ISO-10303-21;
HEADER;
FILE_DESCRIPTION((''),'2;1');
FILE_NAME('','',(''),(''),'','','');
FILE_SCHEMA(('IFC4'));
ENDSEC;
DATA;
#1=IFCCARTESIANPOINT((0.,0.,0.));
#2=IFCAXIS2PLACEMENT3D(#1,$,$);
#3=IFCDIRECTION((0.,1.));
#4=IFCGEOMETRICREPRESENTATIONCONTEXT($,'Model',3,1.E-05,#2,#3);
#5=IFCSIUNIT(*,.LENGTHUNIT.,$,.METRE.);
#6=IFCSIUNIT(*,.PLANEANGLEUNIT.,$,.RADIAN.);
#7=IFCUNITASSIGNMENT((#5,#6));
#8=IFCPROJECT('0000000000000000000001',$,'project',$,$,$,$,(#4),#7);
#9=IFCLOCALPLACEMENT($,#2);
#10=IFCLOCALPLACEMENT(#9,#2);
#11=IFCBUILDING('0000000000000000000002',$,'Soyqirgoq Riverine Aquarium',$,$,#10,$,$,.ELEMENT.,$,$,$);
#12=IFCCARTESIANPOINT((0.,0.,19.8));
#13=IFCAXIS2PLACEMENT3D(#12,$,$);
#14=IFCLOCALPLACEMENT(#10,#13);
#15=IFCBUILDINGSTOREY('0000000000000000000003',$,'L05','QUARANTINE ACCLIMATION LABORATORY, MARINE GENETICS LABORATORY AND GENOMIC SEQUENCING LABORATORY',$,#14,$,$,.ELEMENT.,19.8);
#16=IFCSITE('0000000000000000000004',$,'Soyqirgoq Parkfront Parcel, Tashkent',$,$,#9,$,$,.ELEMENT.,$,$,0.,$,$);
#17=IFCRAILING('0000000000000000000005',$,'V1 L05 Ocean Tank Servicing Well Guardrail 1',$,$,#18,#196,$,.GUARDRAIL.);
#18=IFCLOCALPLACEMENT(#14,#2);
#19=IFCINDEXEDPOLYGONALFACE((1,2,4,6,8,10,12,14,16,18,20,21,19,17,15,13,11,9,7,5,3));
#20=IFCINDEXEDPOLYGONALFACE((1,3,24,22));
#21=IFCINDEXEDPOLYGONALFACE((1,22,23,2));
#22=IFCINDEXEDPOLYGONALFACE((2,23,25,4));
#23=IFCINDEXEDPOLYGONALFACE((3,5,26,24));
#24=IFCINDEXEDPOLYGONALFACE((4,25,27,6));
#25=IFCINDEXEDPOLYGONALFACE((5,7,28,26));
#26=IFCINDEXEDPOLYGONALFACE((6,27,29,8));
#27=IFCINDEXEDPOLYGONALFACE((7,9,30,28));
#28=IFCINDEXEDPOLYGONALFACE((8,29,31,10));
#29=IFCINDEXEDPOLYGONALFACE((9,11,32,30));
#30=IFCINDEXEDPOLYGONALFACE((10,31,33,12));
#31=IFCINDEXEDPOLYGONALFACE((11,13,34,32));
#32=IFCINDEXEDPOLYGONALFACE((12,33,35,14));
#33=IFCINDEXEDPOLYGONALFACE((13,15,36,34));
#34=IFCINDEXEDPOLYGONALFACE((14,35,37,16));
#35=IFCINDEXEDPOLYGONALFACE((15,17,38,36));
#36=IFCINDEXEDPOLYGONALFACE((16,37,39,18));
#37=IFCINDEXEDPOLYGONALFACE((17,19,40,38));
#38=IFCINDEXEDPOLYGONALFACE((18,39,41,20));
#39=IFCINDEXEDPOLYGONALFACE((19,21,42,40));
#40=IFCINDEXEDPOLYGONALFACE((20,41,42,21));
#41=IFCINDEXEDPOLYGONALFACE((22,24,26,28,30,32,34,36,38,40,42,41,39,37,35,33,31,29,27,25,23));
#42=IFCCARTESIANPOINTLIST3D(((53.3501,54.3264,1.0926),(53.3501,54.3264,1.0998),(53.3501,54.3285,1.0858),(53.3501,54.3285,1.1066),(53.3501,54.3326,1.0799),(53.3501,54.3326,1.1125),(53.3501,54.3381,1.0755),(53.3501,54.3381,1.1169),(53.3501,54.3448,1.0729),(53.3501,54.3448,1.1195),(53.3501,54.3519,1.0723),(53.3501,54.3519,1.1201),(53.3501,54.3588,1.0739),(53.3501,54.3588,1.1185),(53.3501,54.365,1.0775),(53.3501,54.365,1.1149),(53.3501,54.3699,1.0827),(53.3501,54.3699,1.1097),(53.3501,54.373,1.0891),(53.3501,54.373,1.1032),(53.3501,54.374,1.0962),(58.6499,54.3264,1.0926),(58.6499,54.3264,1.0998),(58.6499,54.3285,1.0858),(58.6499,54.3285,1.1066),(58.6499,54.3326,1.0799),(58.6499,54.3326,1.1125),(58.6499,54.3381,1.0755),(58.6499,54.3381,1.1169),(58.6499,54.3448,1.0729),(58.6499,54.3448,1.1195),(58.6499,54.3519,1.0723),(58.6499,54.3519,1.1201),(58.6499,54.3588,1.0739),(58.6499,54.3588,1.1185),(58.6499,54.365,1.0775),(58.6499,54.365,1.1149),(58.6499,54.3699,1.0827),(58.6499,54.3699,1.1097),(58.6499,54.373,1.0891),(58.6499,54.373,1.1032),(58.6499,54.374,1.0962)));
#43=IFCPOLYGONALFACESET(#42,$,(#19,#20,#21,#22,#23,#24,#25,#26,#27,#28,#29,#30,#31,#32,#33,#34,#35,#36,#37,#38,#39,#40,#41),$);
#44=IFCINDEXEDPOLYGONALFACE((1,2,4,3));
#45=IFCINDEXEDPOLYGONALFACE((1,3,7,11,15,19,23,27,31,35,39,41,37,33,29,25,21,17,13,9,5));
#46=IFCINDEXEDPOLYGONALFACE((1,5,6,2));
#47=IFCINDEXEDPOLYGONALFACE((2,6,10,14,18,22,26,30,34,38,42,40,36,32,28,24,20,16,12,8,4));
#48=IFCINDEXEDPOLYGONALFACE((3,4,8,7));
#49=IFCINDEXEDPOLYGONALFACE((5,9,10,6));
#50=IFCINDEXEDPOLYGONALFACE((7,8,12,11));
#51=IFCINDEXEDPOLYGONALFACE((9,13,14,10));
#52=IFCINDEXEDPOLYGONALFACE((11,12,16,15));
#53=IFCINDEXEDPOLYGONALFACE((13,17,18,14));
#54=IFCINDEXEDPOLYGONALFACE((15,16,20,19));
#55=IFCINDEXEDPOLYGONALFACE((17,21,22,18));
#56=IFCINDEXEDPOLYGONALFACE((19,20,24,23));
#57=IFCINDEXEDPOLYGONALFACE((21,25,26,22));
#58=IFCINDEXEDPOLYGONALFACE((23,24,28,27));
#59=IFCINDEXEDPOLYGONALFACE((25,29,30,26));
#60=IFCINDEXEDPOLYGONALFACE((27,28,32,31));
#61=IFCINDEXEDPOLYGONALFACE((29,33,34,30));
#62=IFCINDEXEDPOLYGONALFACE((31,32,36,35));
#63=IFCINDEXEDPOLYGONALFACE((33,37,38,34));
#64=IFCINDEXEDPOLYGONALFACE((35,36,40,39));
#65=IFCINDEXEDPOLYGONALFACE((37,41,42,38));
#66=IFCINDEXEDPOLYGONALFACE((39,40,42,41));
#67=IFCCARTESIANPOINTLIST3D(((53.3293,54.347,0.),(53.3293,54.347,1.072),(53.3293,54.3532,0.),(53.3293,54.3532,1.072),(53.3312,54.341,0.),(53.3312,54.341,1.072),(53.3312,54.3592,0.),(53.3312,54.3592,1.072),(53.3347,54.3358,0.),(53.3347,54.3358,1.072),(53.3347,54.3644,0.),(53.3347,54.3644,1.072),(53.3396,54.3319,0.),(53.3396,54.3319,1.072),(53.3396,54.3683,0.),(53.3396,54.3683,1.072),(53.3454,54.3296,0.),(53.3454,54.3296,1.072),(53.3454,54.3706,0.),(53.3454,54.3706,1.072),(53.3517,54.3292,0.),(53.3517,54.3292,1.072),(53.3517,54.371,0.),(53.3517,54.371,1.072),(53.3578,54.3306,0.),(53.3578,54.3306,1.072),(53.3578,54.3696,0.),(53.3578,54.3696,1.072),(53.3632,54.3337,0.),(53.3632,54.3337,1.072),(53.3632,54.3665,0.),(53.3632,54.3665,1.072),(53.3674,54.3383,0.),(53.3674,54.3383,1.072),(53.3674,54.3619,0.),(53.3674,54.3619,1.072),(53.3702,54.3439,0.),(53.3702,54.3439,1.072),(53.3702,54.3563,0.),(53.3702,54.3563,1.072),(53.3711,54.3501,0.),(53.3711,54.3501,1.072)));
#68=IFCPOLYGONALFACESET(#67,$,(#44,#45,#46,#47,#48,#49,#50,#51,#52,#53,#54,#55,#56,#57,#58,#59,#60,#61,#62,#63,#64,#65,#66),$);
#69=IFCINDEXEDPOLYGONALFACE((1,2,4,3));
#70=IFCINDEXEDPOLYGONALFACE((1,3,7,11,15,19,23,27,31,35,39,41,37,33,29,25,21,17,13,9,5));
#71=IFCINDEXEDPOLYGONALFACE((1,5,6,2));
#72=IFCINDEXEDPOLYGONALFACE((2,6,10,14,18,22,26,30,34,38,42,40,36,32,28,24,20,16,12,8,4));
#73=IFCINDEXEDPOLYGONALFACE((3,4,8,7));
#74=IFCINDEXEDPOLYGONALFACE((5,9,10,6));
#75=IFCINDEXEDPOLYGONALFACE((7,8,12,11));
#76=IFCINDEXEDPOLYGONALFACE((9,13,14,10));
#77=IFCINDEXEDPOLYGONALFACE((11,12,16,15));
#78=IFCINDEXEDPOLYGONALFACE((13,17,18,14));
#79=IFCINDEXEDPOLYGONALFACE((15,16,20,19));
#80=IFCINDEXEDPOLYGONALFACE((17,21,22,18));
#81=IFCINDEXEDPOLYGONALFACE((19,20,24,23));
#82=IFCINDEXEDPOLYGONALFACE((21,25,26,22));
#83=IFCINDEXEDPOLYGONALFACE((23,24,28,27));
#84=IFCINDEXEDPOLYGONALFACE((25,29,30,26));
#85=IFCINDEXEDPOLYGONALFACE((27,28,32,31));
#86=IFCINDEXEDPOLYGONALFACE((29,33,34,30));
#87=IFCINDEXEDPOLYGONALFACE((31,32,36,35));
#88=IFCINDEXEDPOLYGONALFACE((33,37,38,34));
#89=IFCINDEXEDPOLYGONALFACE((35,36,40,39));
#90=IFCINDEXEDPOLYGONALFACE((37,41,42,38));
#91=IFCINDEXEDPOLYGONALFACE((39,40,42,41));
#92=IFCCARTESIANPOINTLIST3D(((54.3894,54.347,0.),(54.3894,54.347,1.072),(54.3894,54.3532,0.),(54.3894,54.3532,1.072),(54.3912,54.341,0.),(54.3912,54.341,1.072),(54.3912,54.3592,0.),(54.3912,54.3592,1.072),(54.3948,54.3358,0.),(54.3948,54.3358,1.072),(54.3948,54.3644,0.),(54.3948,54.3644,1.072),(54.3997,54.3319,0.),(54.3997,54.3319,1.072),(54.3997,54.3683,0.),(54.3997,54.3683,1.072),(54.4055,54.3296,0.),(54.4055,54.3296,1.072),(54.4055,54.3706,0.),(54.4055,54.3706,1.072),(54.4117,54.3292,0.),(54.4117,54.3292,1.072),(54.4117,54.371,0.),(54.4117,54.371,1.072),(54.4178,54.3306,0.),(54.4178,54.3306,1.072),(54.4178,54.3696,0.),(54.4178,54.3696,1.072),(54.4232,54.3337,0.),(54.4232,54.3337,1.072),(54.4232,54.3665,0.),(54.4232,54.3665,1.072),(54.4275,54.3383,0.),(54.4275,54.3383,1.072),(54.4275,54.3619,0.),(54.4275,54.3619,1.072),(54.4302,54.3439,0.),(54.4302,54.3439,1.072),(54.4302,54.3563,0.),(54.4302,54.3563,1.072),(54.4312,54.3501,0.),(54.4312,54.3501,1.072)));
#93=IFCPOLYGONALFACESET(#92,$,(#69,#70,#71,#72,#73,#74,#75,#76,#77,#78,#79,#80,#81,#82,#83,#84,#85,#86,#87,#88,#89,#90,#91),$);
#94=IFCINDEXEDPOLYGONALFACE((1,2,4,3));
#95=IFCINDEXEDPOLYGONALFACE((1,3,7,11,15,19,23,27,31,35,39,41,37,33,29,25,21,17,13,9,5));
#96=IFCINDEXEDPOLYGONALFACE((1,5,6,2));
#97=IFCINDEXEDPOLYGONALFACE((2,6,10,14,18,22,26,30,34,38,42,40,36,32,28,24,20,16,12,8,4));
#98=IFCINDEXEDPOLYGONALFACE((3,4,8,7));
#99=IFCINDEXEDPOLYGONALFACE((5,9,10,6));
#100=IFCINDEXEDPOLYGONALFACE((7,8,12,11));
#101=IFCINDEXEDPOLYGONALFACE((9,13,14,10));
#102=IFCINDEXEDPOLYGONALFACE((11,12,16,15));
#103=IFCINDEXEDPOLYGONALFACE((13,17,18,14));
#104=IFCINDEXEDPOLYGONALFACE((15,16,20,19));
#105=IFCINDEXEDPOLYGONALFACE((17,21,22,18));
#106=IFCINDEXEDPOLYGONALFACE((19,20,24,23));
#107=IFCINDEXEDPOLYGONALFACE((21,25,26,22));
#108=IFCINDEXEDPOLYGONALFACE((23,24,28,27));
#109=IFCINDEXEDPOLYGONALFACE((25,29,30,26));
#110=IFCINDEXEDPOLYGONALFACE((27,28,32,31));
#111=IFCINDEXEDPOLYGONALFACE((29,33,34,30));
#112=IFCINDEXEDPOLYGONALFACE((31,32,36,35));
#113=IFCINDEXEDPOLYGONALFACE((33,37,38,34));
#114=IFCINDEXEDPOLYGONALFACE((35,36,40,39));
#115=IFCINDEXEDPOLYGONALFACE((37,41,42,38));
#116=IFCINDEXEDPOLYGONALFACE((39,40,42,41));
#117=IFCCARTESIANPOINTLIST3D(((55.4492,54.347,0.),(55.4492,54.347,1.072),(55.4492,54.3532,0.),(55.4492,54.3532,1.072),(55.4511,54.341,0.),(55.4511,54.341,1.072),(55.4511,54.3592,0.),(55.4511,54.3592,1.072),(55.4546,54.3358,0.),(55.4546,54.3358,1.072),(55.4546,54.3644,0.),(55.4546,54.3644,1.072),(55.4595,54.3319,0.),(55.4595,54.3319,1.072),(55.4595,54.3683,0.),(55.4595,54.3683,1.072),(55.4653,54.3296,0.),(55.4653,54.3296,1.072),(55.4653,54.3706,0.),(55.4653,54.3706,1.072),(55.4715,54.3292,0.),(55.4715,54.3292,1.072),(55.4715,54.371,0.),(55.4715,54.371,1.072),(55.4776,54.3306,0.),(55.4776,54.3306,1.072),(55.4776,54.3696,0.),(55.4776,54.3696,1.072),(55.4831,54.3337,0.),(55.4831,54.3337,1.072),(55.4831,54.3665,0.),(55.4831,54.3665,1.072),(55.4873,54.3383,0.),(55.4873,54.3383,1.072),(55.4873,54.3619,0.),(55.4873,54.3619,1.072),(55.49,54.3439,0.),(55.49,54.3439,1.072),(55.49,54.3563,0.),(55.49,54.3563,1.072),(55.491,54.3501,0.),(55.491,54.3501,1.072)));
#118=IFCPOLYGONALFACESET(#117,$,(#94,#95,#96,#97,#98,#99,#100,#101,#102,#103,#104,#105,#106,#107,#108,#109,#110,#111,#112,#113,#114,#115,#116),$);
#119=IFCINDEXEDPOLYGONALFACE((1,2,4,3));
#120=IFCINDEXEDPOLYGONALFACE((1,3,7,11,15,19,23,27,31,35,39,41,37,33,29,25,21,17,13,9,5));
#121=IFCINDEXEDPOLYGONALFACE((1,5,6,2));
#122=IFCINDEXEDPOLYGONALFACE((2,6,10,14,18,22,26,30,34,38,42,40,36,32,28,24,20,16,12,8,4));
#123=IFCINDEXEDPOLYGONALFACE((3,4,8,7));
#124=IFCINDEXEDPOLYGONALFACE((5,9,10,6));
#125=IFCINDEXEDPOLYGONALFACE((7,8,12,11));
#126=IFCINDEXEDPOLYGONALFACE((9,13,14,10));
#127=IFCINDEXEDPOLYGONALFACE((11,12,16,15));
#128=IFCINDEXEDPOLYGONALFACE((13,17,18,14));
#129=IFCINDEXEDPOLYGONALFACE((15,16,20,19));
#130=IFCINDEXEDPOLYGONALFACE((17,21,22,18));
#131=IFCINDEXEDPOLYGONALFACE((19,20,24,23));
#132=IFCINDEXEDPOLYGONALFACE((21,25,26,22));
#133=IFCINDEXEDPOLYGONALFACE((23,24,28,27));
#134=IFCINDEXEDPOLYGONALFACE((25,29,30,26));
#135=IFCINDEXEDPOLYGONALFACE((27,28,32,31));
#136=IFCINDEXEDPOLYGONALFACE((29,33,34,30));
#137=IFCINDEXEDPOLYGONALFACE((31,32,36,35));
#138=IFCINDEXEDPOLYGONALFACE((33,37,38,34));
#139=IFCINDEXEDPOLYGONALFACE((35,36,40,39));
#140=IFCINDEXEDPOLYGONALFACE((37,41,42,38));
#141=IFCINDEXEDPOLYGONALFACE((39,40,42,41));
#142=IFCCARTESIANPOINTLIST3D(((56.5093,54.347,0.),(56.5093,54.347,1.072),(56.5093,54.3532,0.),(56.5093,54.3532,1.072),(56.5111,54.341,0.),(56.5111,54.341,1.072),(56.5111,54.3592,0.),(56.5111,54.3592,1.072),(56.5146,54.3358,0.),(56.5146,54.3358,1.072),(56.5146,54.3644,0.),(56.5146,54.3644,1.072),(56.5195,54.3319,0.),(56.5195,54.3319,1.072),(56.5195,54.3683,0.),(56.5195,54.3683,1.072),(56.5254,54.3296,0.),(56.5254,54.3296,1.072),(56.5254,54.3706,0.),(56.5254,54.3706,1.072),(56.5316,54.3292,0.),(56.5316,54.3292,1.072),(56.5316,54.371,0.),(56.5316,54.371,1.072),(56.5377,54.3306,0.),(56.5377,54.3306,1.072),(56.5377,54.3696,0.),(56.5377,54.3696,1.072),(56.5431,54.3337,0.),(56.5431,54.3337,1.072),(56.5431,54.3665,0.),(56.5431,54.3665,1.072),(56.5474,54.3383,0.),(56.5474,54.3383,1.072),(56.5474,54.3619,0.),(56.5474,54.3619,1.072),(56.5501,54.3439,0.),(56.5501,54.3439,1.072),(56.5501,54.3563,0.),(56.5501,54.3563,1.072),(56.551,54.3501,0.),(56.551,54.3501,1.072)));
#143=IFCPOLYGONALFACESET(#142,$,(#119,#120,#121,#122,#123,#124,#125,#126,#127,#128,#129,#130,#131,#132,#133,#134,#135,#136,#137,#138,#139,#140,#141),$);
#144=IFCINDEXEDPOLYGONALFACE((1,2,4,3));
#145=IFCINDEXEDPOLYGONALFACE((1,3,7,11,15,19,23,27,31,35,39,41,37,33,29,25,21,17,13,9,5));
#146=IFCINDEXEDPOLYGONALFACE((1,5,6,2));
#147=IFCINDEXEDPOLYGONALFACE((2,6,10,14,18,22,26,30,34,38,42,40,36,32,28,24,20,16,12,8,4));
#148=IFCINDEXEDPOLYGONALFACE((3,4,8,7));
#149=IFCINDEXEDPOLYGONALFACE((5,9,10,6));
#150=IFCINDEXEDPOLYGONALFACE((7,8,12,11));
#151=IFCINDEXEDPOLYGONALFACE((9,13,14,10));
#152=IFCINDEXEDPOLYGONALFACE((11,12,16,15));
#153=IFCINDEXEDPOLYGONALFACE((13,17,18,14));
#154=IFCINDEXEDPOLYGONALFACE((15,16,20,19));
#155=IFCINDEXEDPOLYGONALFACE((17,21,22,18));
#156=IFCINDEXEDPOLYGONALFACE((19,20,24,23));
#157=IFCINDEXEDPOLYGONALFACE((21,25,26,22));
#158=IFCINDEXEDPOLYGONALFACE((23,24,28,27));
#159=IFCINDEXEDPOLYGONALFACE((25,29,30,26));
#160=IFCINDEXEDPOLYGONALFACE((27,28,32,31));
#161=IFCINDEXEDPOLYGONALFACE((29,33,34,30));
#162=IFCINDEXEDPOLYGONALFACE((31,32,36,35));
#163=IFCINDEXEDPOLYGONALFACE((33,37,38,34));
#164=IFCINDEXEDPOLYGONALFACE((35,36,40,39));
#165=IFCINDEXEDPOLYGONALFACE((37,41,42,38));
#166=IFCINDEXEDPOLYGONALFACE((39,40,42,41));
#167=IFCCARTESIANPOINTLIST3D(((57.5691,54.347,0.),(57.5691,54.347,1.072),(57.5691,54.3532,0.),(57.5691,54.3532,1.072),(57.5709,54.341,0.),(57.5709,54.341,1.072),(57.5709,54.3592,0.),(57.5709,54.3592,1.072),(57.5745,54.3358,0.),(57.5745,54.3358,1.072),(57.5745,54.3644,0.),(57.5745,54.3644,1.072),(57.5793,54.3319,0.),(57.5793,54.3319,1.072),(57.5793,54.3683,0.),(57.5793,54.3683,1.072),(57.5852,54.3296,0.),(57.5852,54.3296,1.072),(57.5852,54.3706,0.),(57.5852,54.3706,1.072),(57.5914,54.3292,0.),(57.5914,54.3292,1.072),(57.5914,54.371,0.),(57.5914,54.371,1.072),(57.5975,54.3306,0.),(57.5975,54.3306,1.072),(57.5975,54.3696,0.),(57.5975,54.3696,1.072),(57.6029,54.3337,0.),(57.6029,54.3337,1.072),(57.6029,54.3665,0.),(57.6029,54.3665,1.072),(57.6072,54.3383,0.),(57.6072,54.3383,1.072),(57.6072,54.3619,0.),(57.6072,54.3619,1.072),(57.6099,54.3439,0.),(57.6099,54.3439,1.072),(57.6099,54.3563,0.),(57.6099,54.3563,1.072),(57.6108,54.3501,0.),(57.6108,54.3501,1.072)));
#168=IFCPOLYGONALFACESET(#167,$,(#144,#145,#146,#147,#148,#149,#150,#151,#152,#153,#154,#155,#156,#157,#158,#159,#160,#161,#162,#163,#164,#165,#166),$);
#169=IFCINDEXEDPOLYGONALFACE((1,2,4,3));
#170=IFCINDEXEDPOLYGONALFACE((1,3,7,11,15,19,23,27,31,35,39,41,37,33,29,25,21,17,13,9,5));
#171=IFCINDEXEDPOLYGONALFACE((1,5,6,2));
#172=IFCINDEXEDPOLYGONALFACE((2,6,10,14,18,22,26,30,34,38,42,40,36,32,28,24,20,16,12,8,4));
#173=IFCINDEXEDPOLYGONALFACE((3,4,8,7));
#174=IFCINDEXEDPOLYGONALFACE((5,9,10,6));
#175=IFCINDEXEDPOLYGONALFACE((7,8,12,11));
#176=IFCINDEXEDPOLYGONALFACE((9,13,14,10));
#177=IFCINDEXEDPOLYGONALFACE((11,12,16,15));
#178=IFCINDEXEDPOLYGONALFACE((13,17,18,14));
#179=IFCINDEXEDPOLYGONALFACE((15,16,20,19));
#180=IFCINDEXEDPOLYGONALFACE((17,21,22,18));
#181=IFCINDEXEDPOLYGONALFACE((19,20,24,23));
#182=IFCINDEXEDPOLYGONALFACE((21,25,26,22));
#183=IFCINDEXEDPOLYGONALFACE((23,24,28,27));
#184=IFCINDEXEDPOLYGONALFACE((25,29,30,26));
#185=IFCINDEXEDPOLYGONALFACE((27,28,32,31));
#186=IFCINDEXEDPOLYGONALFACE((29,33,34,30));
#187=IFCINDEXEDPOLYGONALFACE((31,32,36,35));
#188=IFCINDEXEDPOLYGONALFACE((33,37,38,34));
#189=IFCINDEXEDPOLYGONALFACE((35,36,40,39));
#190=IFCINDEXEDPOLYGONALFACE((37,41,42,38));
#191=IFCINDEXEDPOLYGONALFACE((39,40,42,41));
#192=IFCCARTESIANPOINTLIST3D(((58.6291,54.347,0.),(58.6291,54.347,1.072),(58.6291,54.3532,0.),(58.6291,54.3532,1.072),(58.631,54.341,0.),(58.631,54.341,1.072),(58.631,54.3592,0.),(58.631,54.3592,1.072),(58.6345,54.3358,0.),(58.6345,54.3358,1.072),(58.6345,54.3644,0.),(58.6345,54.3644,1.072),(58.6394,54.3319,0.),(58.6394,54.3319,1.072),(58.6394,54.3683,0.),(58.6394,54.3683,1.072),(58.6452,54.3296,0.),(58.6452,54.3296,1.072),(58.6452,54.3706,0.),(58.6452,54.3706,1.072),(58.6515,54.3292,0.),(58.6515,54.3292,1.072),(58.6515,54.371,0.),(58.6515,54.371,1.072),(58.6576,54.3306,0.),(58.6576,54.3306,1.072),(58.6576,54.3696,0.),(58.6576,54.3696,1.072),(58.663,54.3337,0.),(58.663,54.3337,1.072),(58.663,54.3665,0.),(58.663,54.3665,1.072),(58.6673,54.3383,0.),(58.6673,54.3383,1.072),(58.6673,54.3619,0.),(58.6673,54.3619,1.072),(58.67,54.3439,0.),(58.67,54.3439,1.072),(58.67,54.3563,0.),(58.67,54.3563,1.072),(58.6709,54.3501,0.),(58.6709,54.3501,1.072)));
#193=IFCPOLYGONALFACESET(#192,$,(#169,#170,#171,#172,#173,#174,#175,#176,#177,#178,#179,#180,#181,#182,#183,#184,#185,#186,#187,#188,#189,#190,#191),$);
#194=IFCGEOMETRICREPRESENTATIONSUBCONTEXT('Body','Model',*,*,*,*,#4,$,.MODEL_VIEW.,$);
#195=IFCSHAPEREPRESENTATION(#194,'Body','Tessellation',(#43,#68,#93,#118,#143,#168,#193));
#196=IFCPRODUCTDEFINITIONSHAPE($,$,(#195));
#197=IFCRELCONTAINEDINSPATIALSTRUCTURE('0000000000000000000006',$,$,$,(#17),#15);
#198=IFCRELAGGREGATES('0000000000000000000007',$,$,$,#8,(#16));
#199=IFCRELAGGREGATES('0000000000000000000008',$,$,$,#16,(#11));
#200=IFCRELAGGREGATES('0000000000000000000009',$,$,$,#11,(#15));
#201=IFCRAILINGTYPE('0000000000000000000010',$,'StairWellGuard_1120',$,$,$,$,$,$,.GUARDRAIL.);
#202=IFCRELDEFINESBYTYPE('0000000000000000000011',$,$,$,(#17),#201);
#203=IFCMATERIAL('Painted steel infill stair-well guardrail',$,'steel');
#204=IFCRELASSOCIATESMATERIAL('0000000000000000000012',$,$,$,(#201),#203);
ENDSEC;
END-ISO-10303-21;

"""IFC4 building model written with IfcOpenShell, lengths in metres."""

from ifc_helpers import new_model, si_unit, direction, frame, origin, origin_2d, place, context, subcontext, project, spatial, circle, extrude, material, type_object, element, save


model = new_model("IFC4")

# Units and contexts
model_context = context("Model", 3, precision=1e-05, world=origin(), true_north=direction((0.0, 1.0)))
body_context = subcontext(model_context, "Body", "Model", "MODEL_VIEW")
ifc_project = project(units=[si_unit("LENGTHUNIT", "METRE"), si_unit("PLANEANGLEUNIT", "RADIAN")], contexts=[model_context])

# Site, building, storey
site_placement = place(None, origin())
site = spatial("IfcSite", under=ifc_project, at=site_placement, Name="Soyqirgoq Parkfront Parcel, Tashkent", CompositionType="ELEMENT", RefElevation=0.0)
building_placement = place(site_placement, origin())
building = spatial("IfcBuilding", under=site, at=building_placement, Name="Soyqirgoq Riverine Aquarium", CompositionType="ELEMENT")
storey_placement = place(building_placement, frame((0.0, 0.0, 19.8)))
storey = spatial("IfcBuildingStorey", under=building, at=storey_placement, Name="L05", Description="QUARANTINE ACCLIMATION LABORATORY, MARINE GENETICS LABORATORY AND GENOMIC SEQUENCING LABORATORY", CompositionType="ELEMENT", Elevation=19.8)

# Railing
ifc_material_1 = material(Name="Painted steel infill stair-well guardrail", Category="steel")
railing_type = type_object("IfcRailingType", Name="StairWellGuard_1120", PredefinedType="GUARDRAIL", material=ifc_material_1)
railing_1_placement = place(storey_placement, frame((53.3501, 54.3501, 0.0)))
element("IfcRailing", 1, at=railing_1_placement, inside=storey, type_object=railing_type, Name="V1 L05 Ocean Tank Servicing Well Guardrail 1", PredefinedType="GUARDRAIL", context=body_context, shape_type="SweptSolid", body=[
    extrude(circle(Radius=0.0239, at=origin_2d()), frame((0.0, 0.0, 1.0962), z_axis=(1.0, 0.0, 0.0), x_axis=(0.0, 1.0, 0.0)), (0.0, 0.0, 1.0), 5.2998),
    extrude(circle(Radius=0.021, at=origin_2d()), origin(), (0.0, 0.0, 1.0), 1.072),
    extrude(circle(Radius=0.021, at=origin_2d()), frame((1.0601, 0.0, 0.0)), (0.0, 0.0, 1.0), 1.072),
    extrude(circle(Radius=0.021, at=origin_2d()), frame((2.1199, 0.0, 0.0)), (0.0, 0.0, 1.0), 1.072),
    extrude(circle(Radius=0.021, at=origin_2d()), frame((3.1799, 0.0, 0.0)), (0.0, 0.0, 1.0), 1.072),
    extrude(circle(Radius=0.021, at=origin_2d()), frame((4.2397, 0.0, 0.0)), (0.0, 0.0, 1.0), 1.072),
    extrude(circle(Radius=0.021, at=origin_2d()), frame((5.2998, 0.0, 0.0)), (0.0, 0.0, 1.0), 1.072),
])

save(model, "model.ifc")
